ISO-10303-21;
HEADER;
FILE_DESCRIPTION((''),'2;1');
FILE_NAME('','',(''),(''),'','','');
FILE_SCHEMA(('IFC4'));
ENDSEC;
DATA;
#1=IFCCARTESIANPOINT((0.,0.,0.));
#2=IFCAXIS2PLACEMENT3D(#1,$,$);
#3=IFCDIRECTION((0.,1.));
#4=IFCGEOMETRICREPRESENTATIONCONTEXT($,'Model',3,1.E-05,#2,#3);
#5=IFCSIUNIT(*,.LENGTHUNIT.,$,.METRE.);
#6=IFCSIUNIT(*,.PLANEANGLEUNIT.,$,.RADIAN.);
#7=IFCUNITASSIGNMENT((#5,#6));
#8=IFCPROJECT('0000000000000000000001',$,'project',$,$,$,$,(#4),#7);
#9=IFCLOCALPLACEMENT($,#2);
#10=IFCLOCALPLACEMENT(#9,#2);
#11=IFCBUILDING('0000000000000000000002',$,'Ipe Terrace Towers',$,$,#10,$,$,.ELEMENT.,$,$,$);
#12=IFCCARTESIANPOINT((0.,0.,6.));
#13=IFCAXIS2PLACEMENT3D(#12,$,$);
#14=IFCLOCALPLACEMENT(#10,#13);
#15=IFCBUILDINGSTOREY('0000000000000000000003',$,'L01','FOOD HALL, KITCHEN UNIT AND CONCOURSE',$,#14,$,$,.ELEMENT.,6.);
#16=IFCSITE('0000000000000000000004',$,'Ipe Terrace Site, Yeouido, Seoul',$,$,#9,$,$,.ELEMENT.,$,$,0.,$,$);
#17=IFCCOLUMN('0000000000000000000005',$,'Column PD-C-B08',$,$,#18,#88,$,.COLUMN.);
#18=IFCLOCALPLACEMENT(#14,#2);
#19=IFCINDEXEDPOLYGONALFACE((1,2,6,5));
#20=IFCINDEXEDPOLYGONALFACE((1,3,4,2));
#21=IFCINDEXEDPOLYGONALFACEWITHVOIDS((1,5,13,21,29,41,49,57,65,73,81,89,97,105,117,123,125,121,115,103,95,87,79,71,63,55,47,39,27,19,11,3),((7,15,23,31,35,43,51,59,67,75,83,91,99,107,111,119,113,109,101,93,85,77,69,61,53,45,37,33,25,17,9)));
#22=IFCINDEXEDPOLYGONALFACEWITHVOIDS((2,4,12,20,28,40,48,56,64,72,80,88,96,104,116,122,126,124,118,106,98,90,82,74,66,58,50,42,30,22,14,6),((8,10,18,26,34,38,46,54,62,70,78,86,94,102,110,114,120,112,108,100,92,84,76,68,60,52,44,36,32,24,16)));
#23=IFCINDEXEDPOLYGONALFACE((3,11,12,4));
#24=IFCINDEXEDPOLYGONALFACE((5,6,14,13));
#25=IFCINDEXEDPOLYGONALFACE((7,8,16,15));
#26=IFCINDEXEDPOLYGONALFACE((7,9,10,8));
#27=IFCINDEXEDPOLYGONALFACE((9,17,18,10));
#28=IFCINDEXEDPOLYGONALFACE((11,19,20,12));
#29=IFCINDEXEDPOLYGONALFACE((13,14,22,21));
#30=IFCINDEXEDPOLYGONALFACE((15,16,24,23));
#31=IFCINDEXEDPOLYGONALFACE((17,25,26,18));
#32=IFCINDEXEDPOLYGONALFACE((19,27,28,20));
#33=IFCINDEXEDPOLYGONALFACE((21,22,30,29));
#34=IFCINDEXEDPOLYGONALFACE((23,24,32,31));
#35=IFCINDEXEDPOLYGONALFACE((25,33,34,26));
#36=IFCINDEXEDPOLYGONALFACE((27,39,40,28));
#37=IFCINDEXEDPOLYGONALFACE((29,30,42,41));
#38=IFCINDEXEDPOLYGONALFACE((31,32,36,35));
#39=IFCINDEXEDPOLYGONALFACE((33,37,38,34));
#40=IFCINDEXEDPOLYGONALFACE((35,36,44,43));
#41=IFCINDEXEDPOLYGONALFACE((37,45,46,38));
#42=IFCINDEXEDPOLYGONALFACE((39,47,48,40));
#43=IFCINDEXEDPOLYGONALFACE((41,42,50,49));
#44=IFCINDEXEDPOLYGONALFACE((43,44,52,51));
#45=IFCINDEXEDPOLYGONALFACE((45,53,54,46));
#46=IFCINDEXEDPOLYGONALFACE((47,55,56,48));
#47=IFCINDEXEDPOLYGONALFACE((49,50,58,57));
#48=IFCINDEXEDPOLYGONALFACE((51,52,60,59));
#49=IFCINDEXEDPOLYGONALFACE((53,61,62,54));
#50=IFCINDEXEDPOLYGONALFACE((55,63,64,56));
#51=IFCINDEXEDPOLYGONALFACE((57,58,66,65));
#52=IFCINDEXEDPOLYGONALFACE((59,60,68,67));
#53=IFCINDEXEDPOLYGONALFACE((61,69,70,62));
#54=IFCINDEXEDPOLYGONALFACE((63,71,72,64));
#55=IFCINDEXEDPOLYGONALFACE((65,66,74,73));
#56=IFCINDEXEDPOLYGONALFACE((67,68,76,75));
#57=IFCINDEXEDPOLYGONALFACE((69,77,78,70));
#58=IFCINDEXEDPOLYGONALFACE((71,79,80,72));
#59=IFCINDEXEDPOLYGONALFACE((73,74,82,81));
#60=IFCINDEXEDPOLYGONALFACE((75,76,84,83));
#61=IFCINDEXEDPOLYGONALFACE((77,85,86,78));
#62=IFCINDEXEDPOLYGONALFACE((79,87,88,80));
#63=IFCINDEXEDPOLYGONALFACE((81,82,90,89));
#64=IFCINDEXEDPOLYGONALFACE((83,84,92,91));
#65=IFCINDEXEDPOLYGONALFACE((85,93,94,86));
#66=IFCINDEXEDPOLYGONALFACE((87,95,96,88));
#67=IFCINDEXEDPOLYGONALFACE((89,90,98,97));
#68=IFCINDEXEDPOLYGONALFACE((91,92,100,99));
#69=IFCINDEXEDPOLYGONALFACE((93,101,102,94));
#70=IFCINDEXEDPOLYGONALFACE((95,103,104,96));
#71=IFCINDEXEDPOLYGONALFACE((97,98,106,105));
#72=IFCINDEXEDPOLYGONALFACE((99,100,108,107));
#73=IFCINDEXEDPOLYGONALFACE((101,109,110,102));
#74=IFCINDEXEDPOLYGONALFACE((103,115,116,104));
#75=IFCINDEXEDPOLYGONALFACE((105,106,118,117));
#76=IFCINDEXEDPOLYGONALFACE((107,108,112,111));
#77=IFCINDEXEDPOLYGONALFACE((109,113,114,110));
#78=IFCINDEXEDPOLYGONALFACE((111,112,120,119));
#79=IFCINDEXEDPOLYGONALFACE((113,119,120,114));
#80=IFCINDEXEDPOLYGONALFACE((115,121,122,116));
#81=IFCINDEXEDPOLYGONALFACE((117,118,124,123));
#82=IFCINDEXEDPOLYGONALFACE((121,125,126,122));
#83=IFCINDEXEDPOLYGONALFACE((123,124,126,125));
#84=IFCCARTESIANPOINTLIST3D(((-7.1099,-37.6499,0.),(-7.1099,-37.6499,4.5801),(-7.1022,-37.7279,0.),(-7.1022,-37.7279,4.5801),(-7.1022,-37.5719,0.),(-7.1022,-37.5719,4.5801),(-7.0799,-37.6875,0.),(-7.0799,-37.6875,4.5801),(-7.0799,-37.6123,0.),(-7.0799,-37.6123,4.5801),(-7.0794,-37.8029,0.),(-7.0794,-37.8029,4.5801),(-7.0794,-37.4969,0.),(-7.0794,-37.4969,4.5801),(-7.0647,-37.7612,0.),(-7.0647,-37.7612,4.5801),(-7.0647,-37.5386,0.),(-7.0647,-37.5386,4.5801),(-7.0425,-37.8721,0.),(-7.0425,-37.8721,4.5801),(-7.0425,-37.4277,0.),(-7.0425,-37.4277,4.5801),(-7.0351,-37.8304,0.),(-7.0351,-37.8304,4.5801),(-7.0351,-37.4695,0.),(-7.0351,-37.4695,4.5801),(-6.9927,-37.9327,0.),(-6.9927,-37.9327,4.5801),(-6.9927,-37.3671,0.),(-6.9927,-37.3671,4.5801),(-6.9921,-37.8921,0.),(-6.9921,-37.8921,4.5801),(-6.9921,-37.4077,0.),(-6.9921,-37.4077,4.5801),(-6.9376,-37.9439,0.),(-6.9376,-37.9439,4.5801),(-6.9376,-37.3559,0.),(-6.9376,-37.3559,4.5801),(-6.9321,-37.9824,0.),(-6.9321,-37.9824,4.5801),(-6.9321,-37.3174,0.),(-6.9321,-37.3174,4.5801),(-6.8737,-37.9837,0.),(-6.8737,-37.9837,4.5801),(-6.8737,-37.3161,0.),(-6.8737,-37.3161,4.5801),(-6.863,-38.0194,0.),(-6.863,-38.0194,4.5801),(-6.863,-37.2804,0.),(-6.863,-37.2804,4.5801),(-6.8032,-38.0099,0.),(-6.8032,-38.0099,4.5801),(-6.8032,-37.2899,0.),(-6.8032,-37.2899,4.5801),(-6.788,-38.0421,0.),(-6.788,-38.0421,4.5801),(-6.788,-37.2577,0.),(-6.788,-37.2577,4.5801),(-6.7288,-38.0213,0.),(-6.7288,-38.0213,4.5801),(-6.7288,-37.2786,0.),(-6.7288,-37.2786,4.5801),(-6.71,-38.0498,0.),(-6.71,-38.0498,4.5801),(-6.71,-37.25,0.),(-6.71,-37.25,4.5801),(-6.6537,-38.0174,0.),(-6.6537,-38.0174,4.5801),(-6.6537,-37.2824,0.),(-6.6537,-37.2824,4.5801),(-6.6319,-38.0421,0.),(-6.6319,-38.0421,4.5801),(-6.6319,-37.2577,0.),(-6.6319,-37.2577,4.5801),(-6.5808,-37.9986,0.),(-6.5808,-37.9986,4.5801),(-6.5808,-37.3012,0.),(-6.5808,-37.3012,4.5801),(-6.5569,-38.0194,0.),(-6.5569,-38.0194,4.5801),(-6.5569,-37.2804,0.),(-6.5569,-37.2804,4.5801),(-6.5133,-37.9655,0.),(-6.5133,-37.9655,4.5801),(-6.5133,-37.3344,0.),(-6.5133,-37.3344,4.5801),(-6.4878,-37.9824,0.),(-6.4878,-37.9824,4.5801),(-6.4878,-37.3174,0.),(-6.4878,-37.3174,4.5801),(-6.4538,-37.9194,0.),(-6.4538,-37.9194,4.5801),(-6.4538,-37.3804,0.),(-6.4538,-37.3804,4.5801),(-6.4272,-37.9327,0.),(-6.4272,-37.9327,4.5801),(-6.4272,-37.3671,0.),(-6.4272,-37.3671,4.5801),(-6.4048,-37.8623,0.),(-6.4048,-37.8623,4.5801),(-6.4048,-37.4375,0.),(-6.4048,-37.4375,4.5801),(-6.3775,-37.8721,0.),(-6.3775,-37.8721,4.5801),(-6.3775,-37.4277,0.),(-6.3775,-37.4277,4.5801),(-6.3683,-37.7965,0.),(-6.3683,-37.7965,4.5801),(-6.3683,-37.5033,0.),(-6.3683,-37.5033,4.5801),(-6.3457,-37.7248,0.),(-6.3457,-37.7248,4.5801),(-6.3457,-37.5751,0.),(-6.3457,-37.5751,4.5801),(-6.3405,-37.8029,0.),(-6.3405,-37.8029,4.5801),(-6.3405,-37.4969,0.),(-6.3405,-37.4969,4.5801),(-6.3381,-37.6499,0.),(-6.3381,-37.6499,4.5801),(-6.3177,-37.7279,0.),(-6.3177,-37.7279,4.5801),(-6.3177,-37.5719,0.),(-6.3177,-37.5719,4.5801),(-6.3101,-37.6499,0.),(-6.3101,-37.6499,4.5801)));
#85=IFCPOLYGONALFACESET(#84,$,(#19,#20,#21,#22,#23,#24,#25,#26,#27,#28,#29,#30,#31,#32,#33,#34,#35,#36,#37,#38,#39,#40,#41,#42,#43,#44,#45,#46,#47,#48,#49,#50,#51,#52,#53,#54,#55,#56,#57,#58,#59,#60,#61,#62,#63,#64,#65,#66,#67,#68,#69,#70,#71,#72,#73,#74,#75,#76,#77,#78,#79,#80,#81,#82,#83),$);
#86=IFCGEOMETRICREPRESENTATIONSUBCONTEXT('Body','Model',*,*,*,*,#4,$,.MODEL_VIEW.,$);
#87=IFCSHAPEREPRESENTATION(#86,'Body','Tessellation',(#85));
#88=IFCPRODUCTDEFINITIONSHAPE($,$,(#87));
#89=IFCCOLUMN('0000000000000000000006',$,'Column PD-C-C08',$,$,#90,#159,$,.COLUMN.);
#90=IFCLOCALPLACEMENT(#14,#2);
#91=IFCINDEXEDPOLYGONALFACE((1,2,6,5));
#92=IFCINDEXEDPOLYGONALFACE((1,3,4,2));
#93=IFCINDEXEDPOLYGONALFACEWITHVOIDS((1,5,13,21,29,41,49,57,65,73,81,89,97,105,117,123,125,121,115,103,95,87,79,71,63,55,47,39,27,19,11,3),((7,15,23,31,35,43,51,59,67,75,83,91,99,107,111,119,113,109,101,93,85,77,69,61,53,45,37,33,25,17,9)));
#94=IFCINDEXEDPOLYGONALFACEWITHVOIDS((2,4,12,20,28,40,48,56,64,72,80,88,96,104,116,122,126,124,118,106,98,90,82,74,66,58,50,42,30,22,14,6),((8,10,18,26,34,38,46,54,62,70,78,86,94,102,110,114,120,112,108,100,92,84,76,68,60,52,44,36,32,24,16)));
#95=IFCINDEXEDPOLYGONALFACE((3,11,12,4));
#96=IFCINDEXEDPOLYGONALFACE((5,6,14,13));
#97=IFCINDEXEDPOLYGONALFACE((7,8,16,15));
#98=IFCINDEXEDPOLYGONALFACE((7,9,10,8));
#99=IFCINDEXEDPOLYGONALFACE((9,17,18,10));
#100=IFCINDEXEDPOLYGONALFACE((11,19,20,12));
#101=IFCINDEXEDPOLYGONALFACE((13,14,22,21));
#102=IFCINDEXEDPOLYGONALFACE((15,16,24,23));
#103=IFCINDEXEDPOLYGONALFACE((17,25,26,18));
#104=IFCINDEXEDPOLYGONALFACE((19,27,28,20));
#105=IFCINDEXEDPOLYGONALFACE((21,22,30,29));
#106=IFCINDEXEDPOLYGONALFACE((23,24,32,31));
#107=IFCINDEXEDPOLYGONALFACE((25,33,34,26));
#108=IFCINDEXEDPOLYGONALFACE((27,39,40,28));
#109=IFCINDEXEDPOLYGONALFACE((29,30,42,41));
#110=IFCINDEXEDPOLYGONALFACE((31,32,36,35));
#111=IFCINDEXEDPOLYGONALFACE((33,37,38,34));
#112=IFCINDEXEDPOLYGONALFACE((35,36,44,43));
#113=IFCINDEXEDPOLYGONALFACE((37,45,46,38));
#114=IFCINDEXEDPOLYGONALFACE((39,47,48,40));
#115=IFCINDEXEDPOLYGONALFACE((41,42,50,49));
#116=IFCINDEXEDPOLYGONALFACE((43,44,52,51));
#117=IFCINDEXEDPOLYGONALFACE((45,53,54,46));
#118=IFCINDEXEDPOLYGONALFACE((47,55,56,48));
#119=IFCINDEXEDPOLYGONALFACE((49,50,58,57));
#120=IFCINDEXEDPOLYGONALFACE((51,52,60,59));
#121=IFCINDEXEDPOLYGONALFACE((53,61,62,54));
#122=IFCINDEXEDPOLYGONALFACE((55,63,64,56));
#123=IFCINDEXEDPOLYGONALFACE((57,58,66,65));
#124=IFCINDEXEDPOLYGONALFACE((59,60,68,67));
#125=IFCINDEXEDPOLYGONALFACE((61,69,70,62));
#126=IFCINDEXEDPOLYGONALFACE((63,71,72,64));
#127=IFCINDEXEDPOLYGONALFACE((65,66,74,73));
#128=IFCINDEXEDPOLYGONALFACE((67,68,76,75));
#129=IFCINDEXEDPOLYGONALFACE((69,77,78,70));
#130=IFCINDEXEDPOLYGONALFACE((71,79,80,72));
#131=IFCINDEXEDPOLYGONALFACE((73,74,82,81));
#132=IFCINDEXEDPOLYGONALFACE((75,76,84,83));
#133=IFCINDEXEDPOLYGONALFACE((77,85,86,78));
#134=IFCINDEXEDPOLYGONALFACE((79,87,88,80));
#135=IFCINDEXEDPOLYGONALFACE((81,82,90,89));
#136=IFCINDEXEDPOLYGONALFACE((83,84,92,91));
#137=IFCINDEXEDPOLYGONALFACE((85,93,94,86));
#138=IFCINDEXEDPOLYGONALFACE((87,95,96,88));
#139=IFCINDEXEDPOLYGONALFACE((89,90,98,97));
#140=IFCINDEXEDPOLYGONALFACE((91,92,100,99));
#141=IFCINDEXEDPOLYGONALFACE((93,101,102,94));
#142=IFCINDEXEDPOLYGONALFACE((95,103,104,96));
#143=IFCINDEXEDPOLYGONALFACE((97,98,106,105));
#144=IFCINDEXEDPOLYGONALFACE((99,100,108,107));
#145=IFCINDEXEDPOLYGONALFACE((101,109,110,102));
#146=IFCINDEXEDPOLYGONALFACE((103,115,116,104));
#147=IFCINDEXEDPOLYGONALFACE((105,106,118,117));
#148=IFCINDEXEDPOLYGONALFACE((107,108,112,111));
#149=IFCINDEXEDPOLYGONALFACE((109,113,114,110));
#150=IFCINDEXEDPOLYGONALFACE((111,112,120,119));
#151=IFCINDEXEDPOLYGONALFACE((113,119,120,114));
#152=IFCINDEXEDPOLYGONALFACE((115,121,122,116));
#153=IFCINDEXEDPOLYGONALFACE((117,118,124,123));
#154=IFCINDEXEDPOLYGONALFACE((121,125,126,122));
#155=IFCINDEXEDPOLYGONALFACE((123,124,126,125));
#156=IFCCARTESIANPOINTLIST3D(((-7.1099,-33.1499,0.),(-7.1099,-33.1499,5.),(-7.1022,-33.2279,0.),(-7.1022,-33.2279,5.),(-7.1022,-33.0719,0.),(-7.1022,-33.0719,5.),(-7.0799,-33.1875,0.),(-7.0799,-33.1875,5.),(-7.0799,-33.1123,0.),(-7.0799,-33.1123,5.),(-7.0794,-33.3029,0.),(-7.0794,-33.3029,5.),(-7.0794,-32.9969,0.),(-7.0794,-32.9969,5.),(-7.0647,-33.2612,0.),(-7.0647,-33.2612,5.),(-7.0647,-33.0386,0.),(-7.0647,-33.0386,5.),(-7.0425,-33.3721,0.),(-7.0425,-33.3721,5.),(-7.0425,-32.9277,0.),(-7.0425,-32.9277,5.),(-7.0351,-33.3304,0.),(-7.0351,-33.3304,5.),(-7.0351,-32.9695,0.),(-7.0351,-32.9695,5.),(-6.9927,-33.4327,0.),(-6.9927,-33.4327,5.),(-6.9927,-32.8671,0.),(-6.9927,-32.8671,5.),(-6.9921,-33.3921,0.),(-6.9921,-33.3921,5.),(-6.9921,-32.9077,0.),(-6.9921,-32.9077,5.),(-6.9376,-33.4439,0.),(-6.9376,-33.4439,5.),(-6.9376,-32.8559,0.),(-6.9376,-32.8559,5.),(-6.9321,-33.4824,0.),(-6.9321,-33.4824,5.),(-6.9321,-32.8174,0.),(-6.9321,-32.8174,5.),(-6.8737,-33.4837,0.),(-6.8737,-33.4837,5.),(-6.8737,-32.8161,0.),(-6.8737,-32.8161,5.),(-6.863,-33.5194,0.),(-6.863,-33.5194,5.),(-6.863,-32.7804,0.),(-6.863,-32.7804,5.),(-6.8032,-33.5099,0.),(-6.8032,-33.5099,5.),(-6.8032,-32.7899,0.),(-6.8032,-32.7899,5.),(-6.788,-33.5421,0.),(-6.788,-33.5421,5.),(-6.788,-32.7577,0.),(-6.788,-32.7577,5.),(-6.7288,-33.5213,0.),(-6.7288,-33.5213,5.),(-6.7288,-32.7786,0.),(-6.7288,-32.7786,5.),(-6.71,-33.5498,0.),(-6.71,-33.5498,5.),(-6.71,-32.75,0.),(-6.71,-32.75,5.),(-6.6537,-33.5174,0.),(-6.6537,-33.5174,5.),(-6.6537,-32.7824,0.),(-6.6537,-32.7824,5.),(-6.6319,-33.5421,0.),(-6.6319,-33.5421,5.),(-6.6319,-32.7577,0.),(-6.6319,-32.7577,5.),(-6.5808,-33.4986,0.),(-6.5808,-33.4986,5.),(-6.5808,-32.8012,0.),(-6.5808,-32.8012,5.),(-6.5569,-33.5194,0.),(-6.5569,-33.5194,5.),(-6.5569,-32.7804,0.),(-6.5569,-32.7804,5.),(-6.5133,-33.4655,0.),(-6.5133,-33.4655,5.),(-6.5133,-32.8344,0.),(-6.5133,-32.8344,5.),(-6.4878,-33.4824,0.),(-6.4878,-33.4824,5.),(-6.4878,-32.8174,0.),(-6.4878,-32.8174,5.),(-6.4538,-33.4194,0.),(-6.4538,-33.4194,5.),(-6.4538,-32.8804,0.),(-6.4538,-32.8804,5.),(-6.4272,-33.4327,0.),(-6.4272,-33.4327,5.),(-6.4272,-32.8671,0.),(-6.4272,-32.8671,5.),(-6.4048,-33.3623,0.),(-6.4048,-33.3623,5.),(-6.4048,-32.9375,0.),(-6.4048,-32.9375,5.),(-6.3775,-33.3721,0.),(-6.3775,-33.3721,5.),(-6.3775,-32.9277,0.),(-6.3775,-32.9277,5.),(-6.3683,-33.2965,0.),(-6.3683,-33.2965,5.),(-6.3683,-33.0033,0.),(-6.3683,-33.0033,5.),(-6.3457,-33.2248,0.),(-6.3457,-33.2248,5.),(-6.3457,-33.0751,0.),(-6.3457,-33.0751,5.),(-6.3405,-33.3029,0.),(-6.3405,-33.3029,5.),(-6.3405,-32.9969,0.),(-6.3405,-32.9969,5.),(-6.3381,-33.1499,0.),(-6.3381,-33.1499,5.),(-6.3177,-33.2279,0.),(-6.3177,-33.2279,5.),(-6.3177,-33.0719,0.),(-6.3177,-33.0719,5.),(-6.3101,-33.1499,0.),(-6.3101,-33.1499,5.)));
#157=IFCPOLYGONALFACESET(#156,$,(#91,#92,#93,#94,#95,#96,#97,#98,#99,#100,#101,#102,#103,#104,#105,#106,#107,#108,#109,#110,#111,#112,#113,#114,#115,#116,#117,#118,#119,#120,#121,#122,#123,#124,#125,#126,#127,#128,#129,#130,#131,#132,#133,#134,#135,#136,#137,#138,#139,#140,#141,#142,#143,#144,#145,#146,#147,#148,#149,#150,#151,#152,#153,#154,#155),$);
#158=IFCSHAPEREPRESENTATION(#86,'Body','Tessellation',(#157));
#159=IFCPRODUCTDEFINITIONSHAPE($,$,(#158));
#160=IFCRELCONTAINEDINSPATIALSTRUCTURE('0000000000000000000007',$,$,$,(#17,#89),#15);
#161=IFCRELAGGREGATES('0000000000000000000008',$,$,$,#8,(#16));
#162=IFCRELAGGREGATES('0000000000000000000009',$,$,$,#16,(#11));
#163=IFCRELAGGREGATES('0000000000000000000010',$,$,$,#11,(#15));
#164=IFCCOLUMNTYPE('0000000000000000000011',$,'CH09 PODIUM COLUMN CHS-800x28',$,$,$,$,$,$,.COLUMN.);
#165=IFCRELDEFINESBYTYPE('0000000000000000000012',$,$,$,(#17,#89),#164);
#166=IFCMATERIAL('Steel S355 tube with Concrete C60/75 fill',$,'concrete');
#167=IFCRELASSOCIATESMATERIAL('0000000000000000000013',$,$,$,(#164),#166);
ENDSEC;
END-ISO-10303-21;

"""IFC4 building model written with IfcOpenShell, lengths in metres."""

from ifc_helpers import new_model, si_unit, direction, frame, origin, origin_2d, place, context, subcontext, project, spatial, hollow_circle, extrude, material, material_profile, profile_set, type_object, element, save


model = new_model("IFC4")

# Units and contexts
model_context = context("Model", 3, precision=1e-05, world=origin(), true_north=direction((0.0, 1.0)))
body_context = subcontext(model_context, "Body", "Model", "MODEL_VIEW")
ifc_project = project(units=[si_unit("LENGTHUNIT", "METRE"), si_unit("PLANEANGLEUNIT", "RADIAN")], contexts=[model_context])

# Site, building, storey
site_placement = place(None, origin())
site = spatial("IfcSite", under=ifc_project, at=site_placement, Name="Ipe Terrace Site, Yeouido, Seoul", CompositionType="ELEMENT", RefElevation=0.0)
building_placement = place(site_placement, origin())
building = spatial("IfcBuilding", under=site, at=building_placement, Name="Ipe Terrace Towers", CompositionType="ELEMENT")
storey_placement = place(building_placement, frame((0.0, 0.0, 6.0)))
storey = spatial("IfcBuildingStorey", under=building, at=storey_placement, Name="L01", Description="FOOD HALL, KITCHEN UNIT AND CONCOURSE", CompositionType="ELEMENT", Elevation=6.0)

# Columns
ifc_material_1 = material(Name="Steel S355 tube with Concrete C60/75 fill", Category="concrete")
ifc_material_profile_1 = material_profile(ifc_material_1, hollow_circle(Radius=0.3999, WallThickness=0.0281, at=origin_2d()), Name="CHS-800x28")
ifc_profile_set_1 = profile_set([ifc_material_profile_1], Name="Steel S355 tube with Concrete C60/75 fill")
column_type = type_object("IfcColumnType", Name="CH09 PODIUM COLUMN CHS-800x28", PredefinedType="COLUMN", material=ifc_profile_set_1)
column_placement = place(storey_placement, frame((-6.71, -37.6499, 0.0), z_axis=(0.0, 0.0, 1.0), x_axis=(1.0, 0.0, 0.0)))
element("IfcColumn", 1, at=column_placement, inside=storey, type_object=column_type, Name="Column PD-C-B08", PredefinedType="COLUMN", context=body_context, shape_type="SweptSolid", body=[
    extrude(hollow_circle(Radius=0.3999, WallThickness=0.0281, at=origin_2d()), origin(), (0.0, 0.0, 1.0), 4.5801),
])
for number, where, z_axis, x_axis, name in (
    (2, (-6.71, -33.1499, 0.0), (0.0, 0.0, 1.0), (1.0, 0.0, 0.0), "Column PD-C-C08"),
):
    element("IfcColumn", number, at=place(storey_placement, frame(where, z_axis=z_axis, x_axis=x_axis)), inside=storey, type_object=column_type, Name=name, PredefinedType="COLUMN", context=body_context, shape_type="SweptSolid", body=[
        extrude(hollow_circle(Radius=0.3999, WallThickness=0.0281, at=origin_2d()), origin(), (0.0, 0.0, 1.0), 5.0),
    ])

save(model, "model.ifc")
